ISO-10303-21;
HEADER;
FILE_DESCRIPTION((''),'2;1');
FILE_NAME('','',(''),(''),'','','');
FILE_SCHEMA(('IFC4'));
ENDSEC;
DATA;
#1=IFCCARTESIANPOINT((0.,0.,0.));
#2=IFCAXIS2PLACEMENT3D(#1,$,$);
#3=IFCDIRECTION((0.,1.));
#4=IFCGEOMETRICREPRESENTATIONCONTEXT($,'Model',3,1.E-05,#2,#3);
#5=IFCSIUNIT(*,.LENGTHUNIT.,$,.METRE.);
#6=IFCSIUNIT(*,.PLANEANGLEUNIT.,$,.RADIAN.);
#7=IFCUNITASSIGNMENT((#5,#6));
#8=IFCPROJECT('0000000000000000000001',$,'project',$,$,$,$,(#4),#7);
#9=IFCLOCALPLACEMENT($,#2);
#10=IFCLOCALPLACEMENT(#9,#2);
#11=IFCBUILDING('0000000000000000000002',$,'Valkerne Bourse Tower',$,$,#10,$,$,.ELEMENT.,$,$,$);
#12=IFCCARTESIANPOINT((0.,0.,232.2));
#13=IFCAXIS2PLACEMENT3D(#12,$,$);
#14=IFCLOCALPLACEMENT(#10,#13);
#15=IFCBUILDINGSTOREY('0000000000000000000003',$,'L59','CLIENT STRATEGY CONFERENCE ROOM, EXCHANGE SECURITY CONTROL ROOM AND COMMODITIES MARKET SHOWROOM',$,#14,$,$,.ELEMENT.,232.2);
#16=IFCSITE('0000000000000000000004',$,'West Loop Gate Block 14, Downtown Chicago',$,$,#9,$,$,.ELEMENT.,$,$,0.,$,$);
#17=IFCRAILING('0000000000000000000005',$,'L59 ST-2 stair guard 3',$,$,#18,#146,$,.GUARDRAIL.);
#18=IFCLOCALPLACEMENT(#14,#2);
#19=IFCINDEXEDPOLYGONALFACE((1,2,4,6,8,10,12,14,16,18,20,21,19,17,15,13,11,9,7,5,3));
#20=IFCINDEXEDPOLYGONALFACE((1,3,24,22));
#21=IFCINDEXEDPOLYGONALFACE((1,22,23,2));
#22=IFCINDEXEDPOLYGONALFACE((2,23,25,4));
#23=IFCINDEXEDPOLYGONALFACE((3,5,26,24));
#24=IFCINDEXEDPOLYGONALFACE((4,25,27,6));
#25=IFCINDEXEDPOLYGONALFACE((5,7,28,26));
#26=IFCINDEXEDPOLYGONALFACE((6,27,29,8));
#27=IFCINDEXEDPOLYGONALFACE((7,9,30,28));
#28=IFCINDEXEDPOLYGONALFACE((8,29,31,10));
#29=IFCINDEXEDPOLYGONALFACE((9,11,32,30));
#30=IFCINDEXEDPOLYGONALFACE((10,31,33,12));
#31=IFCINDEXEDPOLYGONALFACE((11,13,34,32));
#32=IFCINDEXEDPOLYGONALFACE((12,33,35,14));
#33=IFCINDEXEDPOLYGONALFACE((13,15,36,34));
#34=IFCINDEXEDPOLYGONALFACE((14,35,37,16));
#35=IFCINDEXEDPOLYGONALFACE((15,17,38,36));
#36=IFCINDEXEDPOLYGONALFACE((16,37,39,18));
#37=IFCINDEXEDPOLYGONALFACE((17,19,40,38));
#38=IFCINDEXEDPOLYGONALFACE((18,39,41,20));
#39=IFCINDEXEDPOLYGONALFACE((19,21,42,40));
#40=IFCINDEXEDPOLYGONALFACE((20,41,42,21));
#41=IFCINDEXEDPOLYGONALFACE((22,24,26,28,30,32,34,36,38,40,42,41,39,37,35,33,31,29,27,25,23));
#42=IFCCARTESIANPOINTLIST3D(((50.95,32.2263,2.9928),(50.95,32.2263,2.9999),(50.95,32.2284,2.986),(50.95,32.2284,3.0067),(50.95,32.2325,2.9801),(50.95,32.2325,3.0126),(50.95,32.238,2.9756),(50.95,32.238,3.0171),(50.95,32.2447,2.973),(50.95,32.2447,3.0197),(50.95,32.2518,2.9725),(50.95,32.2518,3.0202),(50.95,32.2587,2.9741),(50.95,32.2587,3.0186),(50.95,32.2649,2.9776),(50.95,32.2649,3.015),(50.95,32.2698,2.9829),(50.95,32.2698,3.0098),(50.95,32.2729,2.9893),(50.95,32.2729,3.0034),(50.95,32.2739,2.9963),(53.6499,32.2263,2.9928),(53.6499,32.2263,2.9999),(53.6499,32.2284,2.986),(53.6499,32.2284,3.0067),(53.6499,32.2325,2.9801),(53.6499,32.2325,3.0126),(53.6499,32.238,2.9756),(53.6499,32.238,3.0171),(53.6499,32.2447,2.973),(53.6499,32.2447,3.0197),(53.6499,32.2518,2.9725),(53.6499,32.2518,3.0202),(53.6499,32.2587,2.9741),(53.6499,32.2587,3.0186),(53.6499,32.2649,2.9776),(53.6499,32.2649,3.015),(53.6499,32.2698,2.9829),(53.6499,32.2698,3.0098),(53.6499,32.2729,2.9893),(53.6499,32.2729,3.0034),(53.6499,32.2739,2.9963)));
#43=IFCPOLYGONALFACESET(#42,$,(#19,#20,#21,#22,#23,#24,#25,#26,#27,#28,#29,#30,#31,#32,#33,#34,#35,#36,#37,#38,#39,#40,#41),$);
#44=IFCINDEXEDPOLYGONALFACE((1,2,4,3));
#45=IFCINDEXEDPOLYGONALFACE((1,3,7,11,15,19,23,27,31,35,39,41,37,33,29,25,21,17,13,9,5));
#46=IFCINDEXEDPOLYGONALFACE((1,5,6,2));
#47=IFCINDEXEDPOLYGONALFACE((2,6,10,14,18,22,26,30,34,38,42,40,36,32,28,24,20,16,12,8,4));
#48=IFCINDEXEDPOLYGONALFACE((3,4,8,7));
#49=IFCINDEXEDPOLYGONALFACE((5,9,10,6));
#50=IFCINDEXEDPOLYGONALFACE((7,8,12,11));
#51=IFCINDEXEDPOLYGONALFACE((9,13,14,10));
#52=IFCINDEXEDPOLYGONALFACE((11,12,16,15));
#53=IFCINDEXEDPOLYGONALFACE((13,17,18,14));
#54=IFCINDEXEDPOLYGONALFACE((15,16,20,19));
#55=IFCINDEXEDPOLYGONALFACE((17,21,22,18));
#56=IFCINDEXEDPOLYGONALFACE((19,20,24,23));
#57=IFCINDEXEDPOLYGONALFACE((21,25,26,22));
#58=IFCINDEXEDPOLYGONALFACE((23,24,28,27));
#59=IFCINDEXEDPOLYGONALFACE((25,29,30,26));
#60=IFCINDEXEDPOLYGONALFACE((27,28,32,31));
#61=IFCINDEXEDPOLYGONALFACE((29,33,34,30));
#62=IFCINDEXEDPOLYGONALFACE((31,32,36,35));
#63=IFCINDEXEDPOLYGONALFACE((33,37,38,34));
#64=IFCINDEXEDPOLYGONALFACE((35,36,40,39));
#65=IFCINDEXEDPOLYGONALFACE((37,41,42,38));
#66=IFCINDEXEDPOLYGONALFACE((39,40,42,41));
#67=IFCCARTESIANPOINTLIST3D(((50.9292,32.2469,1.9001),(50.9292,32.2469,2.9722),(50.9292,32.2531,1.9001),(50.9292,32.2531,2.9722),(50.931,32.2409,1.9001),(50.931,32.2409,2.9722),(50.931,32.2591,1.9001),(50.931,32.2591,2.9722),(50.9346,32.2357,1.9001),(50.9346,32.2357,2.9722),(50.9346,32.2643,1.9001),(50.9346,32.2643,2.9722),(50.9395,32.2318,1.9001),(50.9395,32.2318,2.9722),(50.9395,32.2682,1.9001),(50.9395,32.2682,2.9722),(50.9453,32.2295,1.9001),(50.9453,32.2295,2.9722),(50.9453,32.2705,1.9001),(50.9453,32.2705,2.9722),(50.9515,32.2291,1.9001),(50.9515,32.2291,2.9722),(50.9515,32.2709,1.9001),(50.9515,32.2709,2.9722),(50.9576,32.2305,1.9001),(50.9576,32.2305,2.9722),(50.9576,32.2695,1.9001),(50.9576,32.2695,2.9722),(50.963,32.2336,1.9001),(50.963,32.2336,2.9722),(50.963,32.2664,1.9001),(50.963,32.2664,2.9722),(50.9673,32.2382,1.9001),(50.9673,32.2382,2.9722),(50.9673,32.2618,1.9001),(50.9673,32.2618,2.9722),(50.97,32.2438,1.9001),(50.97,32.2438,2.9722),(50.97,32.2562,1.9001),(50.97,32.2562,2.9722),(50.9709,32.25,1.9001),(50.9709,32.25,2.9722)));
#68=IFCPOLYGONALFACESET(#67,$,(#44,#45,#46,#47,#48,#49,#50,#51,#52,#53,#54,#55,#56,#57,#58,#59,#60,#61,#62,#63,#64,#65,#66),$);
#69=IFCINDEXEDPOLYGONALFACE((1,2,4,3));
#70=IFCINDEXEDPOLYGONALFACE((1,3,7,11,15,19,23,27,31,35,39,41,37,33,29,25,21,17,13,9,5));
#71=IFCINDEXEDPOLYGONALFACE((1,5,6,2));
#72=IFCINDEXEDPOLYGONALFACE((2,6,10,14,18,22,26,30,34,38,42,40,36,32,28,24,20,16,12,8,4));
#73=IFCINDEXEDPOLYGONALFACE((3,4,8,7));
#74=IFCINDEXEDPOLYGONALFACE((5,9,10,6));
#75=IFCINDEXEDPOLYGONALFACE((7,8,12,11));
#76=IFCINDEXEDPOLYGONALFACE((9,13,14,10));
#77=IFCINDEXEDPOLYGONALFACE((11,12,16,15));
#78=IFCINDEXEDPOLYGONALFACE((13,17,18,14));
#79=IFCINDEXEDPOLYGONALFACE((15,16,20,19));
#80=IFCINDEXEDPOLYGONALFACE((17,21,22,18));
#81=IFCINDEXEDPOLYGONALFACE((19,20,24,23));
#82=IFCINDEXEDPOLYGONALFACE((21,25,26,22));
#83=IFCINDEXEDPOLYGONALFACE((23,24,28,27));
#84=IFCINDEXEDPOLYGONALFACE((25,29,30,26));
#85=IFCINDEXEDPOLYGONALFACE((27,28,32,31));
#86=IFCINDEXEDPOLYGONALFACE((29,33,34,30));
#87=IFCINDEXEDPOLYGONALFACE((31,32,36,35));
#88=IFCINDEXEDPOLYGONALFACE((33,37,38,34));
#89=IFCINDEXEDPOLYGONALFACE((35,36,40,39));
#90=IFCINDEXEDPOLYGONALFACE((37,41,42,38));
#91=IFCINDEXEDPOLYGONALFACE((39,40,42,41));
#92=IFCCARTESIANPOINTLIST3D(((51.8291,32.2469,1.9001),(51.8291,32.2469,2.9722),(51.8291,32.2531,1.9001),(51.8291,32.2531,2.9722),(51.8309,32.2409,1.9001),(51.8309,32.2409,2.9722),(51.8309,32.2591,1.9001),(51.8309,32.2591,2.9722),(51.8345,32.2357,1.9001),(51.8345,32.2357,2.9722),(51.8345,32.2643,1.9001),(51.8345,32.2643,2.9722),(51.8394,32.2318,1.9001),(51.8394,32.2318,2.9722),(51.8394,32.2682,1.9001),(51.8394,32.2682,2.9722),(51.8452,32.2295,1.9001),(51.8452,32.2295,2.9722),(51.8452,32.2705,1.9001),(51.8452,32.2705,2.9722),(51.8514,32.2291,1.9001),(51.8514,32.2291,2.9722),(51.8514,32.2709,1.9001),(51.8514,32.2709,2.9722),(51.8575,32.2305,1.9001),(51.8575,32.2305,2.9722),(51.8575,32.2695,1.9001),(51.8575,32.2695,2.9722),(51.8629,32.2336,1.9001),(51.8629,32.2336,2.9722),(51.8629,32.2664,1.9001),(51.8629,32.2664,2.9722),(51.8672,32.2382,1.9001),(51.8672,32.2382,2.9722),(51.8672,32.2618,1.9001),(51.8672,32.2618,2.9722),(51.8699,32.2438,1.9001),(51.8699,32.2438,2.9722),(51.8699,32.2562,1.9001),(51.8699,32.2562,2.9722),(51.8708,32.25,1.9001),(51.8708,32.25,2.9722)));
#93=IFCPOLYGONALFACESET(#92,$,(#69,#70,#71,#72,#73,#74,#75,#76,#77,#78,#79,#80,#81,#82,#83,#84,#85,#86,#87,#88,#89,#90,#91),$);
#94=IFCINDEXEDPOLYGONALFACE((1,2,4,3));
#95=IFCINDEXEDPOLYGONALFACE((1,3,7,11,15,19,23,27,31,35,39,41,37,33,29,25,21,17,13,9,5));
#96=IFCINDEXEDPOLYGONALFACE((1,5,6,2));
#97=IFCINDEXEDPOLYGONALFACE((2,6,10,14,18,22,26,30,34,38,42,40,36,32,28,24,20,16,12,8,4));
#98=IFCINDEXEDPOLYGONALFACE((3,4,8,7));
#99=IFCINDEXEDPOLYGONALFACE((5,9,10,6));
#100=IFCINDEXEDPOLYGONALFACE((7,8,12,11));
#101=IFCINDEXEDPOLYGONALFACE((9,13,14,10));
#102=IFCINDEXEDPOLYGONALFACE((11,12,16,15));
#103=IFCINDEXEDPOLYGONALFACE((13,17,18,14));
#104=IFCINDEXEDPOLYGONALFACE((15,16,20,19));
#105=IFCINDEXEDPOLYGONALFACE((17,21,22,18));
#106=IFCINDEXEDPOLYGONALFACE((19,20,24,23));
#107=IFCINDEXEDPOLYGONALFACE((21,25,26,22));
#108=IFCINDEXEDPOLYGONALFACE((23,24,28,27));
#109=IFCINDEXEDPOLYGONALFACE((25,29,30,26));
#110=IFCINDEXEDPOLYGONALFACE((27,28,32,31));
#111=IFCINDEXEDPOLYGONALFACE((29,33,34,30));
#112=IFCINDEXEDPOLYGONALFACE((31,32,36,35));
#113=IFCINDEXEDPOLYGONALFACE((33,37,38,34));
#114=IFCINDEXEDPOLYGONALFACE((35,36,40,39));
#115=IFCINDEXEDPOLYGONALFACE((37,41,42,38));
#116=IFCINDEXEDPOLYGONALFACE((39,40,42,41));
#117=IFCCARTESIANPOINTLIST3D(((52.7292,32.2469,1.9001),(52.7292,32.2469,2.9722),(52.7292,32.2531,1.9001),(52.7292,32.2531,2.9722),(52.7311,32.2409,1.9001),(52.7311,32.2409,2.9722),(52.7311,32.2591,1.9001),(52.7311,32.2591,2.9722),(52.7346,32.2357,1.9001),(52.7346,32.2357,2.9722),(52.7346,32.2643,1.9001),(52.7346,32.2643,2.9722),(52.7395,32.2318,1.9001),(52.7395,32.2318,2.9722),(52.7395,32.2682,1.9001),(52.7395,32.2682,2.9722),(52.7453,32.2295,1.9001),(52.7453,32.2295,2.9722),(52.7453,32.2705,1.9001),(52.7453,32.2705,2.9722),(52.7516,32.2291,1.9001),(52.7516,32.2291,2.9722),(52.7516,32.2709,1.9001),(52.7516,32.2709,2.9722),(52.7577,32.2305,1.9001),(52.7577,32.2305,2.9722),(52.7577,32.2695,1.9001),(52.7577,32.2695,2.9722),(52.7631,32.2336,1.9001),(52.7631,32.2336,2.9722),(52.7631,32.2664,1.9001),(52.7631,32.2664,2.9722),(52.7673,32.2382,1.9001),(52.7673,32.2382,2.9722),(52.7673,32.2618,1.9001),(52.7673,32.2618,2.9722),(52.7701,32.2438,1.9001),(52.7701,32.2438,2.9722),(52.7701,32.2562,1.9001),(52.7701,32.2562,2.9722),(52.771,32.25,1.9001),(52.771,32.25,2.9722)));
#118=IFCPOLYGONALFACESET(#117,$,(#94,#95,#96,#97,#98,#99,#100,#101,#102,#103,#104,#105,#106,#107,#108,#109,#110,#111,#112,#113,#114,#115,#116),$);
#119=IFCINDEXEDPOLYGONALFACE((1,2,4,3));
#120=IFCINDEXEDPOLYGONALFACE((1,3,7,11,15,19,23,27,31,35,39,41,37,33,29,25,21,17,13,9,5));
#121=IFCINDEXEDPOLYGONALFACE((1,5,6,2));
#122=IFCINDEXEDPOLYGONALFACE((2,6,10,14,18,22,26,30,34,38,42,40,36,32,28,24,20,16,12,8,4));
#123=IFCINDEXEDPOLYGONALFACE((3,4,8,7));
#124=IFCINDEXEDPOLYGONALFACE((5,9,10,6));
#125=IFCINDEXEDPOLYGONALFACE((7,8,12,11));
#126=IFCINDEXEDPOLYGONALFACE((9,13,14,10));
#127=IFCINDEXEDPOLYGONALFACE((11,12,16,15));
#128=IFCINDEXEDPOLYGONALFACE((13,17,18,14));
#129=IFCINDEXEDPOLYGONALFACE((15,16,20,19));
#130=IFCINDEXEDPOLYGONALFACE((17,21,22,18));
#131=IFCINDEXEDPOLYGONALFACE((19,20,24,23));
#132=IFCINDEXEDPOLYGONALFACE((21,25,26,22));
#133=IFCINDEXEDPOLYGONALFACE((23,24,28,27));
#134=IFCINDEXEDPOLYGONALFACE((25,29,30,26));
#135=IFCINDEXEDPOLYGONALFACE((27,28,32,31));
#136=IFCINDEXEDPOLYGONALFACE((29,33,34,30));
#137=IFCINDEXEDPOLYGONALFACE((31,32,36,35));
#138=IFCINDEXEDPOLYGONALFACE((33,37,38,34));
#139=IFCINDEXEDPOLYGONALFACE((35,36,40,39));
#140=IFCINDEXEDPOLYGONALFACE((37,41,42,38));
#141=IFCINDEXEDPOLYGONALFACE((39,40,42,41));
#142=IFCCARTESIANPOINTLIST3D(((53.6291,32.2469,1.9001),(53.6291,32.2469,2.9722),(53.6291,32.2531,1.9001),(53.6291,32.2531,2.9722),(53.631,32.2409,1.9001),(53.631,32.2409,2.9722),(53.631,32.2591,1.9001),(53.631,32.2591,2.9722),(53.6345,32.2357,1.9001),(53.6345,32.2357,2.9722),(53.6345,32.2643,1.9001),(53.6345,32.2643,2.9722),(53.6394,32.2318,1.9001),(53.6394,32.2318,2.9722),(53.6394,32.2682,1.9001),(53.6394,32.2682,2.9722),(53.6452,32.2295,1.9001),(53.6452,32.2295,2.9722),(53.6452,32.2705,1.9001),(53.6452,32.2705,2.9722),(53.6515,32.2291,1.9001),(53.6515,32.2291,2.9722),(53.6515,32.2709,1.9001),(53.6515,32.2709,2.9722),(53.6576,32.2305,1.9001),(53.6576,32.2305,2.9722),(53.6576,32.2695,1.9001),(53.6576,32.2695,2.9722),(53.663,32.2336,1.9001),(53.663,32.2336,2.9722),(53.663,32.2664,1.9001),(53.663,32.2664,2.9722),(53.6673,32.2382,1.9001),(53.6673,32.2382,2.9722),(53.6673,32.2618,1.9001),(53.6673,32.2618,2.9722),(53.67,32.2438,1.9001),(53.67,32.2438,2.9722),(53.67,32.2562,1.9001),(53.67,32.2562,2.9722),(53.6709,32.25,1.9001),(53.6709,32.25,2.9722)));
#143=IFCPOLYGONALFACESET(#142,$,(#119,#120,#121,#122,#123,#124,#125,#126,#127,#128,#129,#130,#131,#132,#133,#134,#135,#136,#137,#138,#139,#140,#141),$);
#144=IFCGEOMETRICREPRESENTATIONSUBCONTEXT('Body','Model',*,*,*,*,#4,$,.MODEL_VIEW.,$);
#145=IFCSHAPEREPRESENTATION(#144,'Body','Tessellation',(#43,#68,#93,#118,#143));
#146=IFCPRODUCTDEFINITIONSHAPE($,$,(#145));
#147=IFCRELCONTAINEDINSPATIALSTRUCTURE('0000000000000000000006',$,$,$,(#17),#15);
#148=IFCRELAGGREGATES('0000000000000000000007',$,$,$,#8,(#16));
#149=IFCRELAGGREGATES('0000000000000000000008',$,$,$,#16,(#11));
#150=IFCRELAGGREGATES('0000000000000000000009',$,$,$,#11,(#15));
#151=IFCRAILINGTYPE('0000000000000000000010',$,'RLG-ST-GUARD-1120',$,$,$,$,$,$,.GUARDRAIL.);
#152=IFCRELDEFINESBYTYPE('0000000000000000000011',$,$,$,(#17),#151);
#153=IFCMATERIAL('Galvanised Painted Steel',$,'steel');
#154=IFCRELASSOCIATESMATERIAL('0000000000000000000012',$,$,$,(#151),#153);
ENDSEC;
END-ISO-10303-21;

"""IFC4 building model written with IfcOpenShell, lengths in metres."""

from ifc_helpers import new_model, si_unit, direction, frame, origin, origin_2d, place, context, subcontext, project, spatial, circle, extrude, material, type_object, element, save


model = new_model("IFC4")

# Units and contexts
model_context = context("Model", 3, precision=1e-05, world=origin(), true_north=direction((0.0, 1.0)))
body_context = subcontext(model_context, "Body", "Model", "MODEL_VIEW")
ifc_project = project(units=[si_unit("LENGTHUNIT", "METRE"), si_unit("PLANEANGLEUNIT", "RADIAN")], contexts=[model_context])

# Site, building, storey
site_placement = place(None, origin())
site = spatial("IfcSite", under=ifc_project, at=site_placement, Name="West Loop Gate Block 14, Downtown Chicago", CompositionType="ELEMENT", RefElevation=0.0)
building_placement = place(site_placement, origin())
building = spatial("IfcBuilding", under=site, at=building_placement, Name="Valkerne Bourse Tower", CompositionType="ELEMENT")
storey_placement = place(building_placement, frame((0.0, 0.0, 232.2)))
storey = spatial("IfcBuildingStorey", under=building, at=storey_placement, Name="L59", Description="CLIENT STRATEGY CONFERENCE ROOM, EXCHANGE SECURITY CONTROL ROOM AND COMMODITIES MARKET SHOWROOM", CompositionType="ELEMENT", Elevation=232.2)

# Shared definitions
ifc_material_1 = material(Name="Galvanised Painted Steel", Category="steel")

# Railing
railing_type_1 = type_object("IfcRailingType", Name="RLG-ST-GUARD-1120", PredefinedType="GUARDRAIL", material=ifc_material_1)
for number, where, name in (
    (1, (50.95, 32.25, 1.9001), "L59 ST-2 stair guard 3"),
):
    element("IfcRailing", number, at=place(storey_placement, frame(where)), inside=storey, type_object=railing_type_1, Name=name, PredefinedType="GUARDRAIL", context=body_context, shape_type="SweptSolid", body=[
        extrude(circle(Radius=0.0239, at=origin_2d()), frame((0.0, 0.0, 1.0962), z_axis=(1.0, 0.0, 0.0), x_axis=(0.0, 1.0, 0.0)), (0.0, 0.0, 1.0), 2.7),
        extrude(circle(Radius=0.021, at=origin_2d()), origin(), (0.0, 0.0, 1.0), 1.072),
        extrude(circle(Radius=0.021, at=origin_2d()), frame((0.8999, 0.0, 0.0)), (0.0, 0.0, 1.0), 1.072),
        extrude(circle(Radius=0.021, at=origin_2d()), frame((1.8, 0.0, 0.0)), (0.0, 0.0, 1.0), 1.072),
        extrude(circle(Radius=0.021, at=origin_2d()), frame((2.7, 0.0, 0.0)), (0.0, 0.0, 1.0), 1.072),
    ])

save(model, "model.ifc")
